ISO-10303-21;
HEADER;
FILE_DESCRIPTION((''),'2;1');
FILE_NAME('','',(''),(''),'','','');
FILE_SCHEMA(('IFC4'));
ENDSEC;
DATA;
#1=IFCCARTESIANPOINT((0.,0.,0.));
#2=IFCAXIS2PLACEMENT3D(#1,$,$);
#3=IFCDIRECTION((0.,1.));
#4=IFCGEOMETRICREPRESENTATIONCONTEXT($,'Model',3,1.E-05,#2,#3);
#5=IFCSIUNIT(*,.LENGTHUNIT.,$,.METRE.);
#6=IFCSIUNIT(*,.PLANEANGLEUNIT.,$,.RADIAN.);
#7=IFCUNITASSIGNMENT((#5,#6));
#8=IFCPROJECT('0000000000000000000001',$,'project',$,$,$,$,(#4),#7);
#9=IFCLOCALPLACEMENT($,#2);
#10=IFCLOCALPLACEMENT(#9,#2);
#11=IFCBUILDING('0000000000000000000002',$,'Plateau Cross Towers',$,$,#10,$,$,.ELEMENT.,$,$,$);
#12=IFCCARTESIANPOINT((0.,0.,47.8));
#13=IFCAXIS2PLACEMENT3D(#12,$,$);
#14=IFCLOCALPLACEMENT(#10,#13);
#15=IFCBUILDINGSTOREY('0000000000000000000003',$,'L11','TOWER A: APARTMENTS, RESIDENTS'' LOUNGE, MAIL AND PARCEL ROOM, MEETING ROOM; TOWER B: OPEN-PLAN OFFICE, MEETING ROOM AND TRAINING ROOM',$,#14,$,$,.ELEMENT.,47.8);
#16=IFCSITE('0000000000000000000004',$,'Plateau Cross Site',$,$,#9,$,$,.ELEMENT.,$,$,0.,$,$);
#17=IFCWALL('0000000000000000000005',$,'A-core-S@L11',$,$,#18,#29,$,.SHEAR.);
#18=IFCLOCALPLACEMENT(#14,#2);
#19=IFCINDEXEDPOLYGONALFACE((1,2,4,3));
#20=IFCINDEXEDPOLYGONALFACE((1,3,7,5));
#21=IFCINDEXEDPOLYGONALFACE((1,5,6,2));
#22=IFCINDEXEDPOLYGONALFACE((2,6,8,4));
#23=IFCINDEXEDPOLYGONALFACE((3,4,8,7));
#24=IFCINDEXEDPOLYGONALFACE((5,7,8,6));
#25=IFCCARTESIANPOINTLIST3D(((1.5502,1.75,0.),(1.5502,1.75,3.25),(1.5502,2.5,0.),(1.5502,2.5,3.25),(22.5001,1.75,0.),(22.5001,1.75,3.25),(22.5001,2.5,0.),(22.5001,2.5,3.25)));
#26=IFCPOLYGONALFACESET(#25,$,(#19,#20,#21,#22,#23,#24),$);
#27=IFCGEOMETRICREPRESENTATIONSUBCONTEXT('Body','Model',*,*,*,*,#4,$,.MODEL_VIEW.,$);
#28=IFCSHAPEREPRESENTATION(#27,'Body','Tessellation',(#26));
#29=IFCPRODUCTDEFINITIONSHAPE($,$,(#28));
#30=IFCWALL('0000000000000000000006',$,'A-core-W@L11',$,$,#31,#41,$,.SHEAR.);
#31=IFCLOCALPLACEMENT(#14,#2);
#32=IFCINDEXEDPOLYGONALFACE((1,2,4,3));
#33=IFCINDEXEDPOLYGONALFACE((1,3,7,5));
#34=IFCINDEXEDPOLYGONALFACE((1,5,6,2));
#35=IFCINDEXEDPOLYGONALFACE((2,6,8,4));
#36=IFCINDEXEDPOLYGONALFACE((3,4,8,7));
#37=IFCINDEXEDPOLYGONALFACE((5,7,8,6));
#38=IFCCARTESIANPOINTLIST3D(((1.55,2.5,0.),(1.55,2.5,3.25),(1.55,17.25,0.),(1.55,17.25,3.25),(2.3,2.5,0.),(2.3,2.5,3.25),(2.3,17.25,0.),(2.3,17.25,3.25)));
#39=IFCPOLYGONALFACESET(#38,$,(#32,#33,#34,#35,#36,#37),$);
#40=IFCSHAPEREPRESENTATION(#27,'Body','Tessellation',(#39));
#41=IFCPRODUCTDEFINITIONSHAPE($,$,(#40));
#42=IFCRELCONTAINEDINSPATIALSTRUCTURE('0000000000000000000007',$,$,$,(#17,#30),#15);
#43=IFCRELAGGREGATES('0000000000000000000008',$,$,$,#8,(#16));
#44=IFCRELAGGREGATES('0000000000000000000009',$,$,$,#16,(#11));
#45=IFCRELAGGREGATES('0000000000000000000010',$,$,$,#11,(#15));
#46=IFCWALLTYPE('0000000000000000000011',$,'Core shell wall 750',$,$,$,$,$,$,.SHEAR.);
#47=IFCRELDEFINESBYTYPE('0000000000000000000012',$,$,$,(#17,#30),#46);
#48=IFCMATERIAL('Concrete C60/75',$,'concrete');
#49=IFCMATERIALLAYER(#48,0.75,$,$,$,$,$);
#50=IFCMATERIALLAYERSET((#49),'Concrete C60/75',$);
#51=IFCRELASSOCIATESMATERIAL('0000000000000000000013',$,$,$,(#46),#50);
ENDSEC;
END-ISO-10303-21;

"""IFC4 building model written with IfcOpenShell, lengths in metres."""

from ifc_helpers import new_model, si_unit, direction, frame, frame_2d, origin, place, context, subcontext, project, spatial, rectangle, extrude, material, layer, layer_set, type_object, element, save


model = new_model("IFC4")

# Units and contexts
model_context = context("Model", 3, precision=1e-05, world=origin(), true_north=direction((0.0, 1.0)))
body_context = subcontext(model_context, "Body", "Model", "MODEL_VIEW")
ifc_project = project(units=[si_unit("LENGTHUNIT", "METRE"), si_unit("PLANEANGLEUNIT", "RADIAN")], contexts=[model_context])

# Site, building, storey
site_placement = place(None, origin())
site = spatial("IfcSite", under=ifc_project, at=site_placement, Name="Plateau Cross Site", CompositionType="ELEMENT", RefElevation=0.0)
building_placement = place(site_placement, origin())
building = spatial("IfcBuilding", under=site, at=building_placement, Name="Plateau Cross Towers", CompositionType="ELEMENT")
storey_placement = place(building_placement, frame((0.0, 0.0, 47.8)))
storey = spatial("IfcBuildingStorey", under=building, at=storey_placement, Name="L11", Description="TOWER A: APARTMENTS, RESIDENTS' LOUNGE, MAIL AND PARCEL ROOM, MEETING ROOM; TOWER B: OPEN-PLAN OFFICE, MEETING ROOM AND TRAINING ROOM", CompositionType="ELEMENT", Elevation=47.8)

# Shared definitions
ifc_material_1 = material(Name="Concrete C60/75", Category="concrete")

# Walls
ifc_layer_1 = layer(ifc_material_1, 0.75)
ifc_layer_set_1 = layer_set([ifc_layer_1], Name="Concrete C60/75")
wall_type_1 = type_object("IfcWallType", Name="Core shell wall 750", PredefinedType="SHEAR", material=ifc_layer_set_1)
wall_1_placement = place(storey_placement, frame((1.55, 2.125, 0.0), z_axis=(0.0, 0.0, 1.0), x_axis=(1.0, 0.0, 0.0)))
element("IfcWall", 1, at=wall_1_placement, inside=storey, type_object=wall_type_1, Name="A-core-S@L11", PredefinedType="SHEAR", context=body_context, shape_type="SweptSolid", body=[
    extrude(rectangle(XDim=20.95, YDim=0.75, at=frame_2d((10.4751, 0.0))), origin(), (0.0, 0.0, 1.0), 3.25),
])
wall_2_placement = place(storey_placement, frame((1.925, 2.5, 0.0), z_axis=(0.0, 0.0, 1.0), x_axis=(0.0, 1.0, 0.0)))
element("IfcWall", 2, at=wall_2_placement, inside=storey, type_object=wall_type_1, Name="A-core-W@L11", PredefinedType="SHEAR", context=body_context, shape_type="SweptSolid", body=[
    extrude(rectangle(XDim=14.75, YDim=0.75, at=frame_2d((7.375, 0.0))), origin(), (0.0, 0.0, 1.0), 3.25),
])

save(model, "model.ifc")
